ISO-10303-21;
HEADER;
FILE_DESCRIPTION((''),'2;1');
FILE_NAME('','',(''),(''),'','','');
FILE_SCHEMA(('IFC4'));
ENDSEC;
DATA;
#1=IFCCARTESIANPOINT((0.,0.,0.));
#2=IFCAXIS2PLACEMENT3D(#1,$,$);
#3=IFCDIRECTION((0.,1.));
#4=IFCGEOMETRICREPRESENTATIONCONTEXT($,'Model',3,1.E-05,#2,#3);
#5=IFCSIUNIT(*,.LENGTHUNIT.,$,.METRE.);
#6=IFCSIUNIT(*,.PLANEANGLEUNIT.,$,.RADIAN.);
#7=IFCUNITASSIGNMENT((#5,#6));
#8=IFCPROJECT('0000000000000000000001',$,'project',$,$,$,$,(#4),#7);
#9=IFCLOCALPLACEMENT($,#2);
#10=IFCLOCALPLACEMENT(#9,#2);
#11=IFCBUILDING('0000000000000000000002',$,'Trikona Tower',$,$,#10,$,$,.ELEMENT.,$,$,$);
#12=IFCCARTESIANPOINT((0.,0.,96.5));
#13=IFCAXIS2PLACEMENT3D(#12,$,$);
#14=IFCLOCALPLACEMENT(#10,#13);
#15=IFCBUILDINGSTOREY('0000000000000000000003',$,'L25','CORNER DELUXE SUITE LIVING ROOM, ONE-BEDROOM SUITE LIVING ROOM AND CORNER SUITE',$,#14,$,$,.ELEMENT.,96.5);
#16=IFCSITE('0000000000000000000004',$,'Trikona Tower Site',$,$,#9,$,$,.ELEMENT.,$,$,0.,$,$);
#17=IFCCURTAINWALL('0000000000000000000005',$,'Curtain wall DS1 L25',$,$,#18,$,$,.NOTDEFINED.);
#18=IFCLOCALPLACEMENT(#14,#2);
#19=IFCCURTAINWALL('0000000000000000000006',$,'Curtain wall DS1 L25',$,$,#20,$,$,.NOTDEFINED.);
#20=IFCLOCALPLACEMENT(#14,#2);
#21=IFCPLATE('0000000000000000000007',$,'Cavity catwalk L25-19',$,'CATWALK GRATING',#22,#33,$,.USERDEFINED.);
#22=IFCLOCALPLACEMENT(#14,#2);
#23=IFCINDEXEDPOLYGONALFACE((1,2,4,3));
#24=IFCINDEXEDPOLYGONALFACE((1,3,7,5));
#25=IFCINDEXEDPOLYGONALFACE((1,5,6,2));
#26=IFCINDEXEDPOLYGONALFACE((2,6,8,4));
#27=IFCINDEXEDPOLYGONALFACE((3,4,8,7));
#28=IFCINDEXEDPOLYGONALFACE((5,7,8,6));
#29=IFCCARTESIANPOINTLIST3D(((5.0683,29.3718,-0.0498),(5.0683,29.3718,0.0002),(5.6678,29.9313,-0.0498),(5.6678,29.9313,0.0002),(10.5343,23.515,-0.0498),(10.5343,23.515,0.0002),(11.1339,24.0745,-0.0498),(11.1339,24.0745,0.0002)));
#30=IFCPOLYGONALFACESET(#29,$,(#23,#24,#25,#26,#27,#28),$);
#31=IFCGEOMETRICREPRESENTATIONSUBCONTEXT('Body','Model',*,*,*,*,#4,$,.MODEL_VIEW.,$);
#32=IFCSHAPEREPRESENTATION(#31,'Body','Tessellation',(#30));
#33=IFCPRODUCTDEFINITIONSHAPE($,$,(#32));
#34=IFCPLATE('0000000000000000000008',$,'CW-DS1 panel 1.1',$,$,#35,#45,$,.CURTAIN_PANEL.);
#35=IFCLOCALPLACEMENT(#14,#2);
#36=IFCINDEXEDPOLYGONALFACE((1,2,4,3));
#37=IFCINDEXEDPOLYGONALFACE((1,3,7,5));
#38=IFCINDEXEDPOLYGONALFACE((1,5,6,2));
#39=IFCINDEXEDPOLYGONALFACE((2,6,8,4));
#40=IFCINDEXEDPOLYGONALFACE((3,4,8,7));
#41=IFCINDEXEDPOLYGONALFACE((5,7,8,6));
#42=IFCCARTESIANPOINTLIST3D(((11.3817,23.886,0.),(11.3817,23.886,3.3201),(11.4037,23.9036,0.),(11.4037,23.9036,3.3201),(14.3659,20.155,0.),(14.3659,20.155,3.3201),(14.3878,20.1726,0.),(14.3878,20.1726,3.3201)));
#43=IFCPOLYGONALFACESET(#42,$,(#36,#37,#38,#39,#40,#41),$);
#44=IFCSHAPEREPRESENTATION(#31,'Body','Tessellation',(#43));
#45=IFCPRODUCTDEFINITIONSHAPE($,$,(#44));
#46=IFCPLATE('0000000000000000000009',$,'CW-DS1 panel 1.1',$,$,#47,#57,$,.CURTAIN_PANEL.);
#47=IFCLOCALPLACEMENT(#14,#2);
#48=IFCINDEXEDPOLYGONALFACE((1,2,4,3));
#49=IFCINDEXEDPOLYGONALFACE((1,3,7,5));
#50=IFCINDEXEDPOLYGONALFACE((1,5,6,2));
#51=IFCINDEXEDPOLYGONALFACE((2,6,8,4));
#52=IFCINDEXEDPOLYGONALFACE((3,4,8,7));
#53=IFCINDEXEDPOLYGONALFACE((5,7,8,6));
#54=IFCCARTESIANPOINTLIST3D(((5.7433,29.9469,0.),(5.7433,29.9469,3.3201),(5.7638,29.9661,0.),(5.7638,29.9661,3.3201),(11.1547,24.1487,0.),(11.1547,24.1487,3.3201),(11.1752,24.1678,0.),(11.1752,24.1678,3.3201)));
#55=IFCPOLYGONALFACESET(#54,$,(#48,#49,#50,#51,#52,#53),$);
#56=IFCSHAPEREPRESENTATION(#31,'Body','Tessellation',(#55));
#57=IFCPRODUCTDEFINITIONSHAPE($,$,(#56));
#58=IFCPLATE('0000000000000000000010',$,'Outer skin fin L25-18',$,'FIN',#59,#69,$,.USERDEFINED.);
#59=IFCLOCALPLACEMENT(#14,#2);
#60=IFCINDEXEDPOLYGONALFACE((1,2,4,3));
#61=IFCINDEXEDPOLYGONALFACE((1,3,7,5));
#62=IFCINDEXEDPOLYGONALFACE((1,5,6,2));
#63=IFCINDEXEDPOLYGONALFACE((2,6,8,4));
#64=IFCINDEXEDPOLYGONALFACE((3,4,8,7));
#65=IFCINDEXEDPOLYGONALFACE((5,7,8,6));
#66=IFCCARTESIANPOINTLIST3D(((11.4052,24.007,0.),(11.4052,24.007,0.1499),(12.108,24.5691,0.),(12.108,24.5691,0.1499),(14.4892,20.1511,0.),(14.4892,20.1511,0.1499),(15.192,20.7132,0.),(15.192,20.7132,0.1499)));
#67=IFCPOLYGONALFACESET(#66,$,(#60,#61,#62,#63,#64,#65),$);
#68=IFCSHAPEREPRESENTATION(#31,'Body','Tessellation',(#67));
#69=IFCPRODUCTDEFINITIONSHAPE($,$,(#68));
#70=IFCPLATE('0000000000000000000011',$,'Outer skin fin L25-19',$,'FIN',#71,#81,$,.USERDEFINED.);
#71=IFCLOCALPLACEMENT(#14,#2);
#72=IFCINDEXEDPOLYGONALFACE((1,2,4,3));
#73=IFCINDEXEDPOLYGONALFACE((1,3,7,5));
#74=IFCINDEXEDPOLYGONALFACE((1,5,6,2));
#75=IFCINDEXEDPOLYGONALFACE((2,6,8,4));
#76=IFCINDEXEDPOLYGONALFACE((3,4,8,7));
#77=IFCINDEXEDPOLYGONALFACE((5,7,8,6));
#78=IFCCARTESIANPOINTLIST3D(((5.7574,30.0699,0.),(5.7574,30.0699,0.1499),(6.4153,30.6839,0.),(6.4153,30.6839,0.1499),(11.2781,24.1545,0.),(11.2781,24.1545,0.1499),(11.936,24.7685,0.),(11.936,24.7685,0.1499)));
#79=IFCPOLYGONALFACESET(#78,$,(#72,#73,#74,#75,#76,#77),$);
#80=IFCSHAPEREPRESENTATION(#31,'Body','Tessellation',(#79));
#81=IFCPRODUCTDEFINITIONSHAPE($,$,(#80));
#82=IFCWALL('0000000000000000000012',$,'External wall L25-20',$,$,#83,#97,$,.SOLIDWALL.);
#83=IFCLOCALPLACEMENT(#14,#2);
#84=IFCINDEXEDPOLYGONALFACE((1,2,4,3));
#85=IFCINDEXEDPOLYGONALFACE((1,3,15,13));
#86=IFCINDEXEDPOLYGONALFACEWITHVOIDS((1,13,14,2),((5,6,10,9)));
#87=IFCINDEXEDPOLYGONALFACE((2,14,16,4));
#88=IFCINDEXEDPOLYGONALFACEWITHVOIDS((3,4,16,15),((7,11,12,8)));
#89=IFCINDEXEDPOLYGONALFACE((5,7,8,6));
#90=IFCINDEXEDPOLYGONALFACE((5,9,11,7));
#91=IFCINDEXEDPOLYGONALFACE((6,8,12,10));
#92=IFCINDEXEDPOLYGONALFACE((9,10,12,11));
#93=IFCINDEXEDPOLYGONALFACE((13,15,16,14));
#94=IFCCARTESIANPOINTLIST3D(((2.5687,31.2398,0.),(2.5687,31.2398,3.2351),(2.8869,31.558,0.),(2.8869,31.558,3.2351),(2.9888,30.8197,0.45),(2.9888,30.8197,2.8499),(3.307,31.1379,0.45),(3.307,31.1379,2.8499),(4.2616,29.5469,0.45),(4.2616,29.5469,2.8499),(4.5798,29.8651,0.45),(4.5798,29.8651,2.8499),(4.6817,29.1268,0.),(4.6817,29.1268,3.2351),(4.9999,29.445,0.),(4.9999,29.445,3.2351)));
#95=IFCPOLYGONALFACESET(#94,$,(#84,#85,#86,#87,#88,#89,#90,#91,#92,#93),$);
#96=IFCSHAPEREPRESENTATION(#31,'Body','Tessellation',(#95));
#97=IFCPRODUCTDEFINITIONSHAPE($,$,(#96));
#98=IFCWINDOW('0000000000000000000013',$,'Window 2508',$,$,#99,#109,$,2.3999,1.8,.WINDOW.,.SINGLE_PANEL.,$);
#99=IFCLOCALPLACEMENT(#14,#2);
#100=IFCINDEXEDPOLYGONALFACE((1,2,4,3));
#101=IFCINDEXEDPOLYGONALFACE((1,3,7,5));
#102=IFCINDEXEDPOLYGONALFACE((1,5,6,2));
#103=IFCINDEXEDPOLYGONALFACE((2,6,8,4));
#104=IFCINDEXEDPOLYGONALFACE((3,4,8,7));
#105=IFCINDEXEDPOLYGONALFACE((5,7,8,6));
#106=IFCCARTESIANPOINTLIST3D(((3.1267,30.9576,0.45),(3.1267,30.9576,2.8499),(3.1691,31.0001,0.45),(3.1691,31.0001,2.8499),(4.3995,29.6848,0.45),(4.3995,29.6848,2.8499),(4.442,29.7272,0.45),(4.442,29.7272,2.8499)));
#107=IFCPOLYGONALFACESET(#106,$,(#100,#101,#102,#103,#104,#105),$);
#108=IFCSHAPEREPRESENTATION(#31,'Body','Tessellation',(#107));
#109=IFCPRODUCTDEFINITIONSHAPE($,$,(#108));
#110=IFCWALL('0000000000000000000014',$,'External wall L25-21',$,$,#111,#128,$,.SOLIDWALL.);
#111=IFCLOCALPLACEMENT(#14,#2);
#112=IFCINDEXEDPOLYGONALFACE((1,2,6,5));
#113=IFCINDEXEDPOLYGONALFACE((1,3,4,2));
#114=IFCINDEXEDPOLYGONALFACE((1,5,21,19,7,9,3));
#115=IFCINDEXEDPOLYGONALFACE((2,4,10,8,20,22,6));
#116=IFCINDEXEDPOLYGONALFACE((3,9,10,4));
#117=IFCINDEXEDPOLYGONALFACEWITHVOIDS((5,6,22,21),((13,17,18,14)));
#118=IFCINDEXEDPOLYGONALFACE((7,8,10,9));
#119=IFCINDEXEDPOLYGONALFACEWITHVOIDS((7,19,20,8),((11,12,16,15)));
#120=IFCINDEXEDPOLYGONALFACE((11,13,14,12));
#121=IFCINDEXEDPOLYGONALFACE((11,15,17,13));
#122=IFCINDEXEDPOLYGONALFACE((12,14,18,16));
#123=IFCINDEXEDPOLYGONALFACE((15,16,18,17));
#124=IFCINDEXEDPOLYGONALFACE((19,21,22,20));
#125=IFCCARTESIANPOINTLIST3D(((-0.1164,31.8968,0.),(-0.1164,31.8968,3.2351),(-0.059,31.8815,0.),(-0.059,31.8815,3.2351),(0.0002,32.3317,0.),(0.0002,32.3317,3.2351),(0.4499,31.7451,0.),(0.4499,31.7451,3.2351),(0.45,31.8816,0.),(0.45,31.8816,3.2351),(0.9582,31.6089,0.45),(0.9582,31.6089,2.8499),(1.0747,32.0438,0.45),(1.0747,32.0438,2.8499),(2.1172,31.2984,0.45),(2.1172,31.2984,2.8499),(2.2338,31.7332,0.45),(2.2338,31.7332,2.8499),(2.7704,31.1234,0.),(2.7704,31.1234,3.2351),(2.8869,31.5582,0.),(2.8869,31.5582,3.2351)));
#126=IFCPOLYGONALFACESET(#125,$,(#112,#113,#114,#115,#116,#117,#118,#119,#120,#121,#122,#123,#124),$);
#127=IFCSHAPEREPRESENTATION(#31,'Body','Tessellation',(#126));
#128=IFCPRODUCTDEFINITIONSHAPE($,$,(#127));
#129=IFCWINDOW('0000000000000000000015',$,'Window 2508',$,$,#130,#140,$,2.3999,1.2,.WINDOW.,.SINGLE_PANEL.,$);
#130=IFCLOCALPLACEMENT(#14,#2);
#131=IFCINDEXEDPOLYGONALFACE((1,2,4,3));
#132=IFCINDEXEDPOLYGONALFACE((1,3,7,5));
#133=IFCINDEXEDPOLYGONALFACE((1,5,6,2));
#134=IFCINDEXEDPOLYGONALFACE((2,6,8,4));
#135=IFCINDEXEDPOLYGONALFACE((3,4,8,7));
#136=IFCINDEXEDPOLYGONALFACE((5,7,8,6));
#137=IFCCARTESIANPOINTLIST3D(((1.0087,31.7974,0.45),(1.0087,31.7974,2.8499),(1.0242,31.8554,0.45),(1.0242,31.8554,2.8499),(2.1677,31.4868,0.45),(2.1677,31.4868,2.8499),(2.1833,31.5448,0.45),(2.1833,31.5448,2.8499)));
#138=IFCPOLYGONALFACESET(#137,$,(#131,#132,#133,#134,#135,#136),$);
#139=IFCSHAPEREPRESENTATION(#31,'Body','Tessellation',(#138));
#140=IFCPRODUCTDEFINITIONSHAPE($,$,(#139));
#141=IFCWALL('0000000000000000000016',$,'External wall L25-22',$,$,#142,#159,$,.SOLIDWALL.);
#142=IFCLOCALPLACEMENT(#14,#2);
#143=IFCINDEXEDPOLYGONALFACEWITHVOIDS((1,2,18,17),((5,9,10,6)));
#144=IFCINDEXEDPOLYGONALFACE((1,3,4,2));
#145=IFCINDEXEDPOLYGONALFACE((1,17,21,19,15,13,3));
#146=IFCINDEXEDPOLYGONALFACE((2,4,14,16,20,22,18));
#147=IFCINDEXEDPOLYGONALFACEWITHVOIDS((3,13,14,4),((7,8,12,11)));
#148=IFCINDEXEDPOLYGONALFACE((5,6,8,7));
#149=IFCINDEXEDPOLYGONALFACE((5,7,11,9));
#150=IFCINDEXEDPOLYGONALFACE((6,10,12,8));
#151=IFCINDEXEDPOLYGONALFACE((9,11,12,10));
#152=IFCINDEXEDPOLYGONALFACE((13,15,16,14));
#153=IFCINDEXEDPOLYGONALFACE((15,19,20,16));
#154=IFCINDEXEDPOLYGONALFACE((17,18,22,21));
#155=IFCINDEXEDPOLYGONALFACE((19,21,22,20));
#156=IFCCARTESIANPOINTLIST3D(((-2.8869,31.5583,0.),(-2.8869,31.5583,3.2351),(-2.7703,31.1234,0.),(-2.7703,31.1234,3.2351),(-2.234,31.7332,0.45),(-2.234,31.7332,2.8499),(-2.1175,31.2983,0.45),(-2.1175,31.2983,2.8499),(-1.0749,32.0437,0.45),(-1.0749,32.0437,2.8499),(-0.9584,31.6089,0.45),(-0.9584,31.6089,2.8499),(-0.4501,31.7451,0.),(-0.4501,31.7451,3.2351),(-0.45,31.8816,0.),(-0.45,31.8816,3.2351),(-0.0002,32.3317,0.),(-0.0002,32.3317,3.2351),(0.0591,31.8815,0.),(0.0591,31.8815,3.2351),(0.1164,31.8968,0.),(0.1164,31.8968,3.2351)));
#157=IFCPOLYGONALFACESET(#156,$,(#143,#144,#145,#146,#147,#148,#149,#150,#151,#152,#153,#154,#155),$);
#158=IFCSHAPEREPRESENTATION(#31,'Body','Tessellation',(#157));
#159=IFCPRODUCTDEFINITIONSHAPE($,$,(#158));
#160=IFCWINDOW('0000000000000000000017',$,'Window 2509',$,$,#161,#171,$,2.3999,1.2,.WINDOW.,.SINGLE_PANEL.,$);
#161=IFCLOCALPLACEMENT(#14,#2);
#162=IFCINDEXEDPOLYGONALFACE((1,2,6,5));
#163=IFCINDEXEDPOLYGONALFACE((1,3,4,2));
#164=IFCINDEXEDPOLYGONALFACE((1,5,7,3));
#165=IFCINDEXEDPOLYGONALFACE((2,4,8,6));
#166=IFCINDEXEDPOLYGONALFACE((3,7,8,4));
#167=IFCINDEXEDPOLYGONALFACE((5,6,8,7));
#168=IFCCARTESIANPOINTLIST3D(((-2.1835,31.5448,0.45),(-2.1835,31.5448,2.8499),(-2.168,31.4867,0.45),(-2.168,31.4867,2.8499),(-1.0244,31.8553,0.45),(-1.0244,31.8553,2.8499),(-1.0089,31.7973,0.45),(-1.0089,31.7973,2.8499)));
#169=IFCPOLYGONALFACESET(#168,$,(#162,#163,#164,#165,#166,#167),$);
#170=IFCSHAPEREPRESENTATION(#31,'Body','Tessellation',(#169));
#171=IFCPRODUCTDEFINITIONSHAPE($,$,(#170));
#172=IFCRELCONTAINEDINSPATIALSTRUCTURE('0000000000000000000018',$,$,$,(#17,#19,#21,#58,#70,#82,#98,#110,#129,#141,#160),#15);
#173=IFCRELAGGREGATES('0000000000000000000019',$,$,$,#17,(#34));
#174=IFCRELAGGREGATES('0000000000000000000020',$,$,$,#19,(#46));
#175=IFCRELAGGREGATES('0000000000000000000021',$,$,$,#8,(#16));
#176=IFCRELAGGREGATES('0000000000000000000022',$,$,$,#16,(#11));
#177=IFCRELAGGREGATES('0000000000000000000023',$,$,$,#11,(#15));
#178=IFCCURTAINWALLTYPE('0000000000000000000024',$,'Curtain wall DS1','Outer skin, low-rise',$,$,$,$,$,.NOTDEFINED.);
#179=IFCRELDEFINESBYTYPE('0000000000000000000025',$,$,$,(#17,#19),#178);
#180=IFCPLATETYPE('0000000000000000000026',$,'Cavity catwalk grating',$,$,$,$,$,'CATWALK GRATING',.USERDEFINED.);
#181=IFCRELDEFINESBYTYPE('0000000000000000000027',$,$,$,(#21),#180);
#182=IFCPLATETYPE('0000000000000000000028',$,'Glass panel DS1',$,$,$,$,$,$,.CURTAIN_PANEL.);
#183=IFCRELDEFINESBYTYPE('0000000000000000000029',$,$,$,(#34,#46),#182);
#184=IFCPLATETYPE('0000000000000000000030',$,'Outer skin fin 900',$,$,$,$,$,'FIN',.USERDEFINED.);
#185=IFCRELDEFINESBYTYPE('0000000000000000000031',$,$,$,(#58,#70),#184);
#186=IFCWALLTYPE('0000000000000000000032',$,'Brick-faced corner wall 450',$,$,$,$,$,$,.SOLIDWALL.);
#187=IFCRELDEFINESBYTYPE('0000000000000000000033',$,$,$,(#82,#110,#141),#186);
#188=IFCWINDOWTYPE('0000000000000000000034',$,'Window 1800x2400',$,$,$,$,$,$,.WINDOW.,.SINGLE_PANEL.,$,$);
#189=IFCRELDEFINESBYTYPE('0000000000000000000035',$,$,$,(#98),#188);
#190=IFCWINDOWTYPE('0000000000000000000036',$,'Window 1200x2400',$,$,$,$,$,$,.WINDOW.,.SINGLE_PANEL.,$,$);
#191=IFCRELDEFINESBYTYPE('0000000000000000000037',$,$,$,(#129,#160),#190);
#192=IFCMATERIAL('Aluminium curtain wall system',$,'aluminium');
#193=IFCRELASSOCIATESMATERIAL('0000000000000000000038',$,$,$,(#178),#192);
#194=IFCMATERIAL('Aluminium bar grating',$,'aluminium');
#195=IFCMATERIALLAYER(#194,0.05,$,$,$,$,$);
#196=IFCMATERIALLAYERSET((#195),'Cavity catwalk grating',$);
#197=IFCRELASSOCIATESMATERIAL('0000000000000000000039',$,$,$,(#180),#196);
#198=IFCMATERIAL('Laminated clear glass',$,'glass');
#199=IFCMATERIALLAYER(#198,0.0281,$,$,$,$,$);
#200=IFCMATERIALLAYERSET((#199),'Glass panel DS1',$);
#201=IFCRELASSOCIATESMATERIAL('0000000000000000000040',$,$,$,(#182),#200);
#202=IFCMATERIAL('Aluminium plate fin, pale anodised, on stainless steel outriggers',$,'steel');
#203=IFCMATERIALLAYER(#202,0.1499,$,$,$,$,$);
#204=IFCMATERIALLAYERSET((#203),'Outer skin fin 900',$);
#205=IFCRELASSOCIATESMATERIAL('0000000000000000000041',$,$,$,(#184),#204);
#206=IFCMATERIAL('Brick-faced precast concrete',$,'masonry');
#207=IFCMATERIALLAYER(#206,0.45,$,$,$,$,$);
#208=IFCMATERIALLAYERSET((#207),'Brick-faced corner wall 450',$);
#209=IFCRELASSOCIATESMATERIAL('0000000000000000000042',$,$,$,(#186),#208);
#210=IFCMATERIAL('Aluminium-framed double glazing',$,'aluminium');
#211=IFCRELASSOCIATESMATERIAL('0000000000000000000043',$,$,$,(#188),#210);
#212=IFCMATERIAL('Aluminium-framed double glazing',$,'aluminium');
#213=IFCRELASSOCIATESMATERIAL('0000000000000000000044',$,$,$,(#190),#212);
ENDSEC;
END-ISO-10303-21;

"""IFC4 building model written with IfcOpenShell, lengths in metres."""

from ifc_helpers import new_model, si_unit, direction, frame, frame_2d, origin, origin_2d, place, context, subcontext, project, spatial, polyline, rectangle, outline, extrude, material, layer, layer_set, type_object, element, fill, aggregate, save


model = new_model("IFC4")

# Units and contexts
model_context = context("Model", 3, precision=1e-05, world=origin(), true_north=direction((0.0, 1.0)))
body_context = subcontext(model_context, "Body", "Model", "MODEL_VIEW")
ifc_project = project(units=[si_unit("LENGTHUNIT", "METRE"), si_unit("PLANEANGLEUNIT", "RADIAN")], contexts=[model_context])

# Site, building, storey
site_placement = place(None, origin())
site = spatial("IfcSite", under=ifc_project, at=site_placement, Name="Trikona Tower Site", CompositionType="ELEMENT", RefElevation=0.0)
building_placement = place(site_placement, origin())
building = spatial("IfcBuilding", under=site, at=building_placement, Name="Trikona Tower", CompositionType="ELEMENT")
storey_placement = place(building_placement, frame((0.0, 0.0, 96.5)))
storey = spatial("IfcBuildingStorey", under=building, at=storey_placement, Name="L25", Description="CORNER DELUXE SUITE LIVING ROOM, ONE-BEDROOM SUITE LIVING ROOM AND CORNER SUITE", CompositionType="ELEMENT", Elevation=96.5)

# Curtain wall
ifc_material_1 = material(Name="Aluminium curtain wall system", Category="aluminium")
curtain_wall_type = type_object("IfcCurtainWallType", Name="Curtain wall DS1", Description="Outer skin, low-rise", PredefinedType="NOTDEFINED", material=ifc_material_1)
curtain_wall_1_placement = place(storey_placement, origin())
curtain_wall_1 = element("IfcCurtainWall", 1, at=curtain_wall_1_placement, inside=storey, type_object=curtain_wall_type, Name="Curtain wall DS1 L25", PredefinedType="NOTDEFINED")

# Curtain wall
curtain_wall_2_placement = place(storey_placement, origin())
curtain_wall_2 = element("IfcCurtainWall", 2, at=curtain_wall_2_placement, inside=storey, type_object=curtain_wall_type, Name="Curtain wall DS1 L25", PredefinedType="NOTDEFINED")

# Plate
ifc_material_2 = material(Name="Aluminium bar grating", Category="aluminium")
ifc_layer_1 = layer(ifc_material_2, 0.05)
ifc_layer_set_1 = layer_set([ifc_layer_1], Name="Cavity catwalk grating")
plate_type_1 = type_object("IfcPlateType", Name="Cavity catwalk grating", ElementType="CATWALK GRATING", PredefinedType="USERDEFINED", material=ifc_layer_set_1)
plate_1_placement = place(storey_placement, frame((8.1011, 26.7231, -0.0498), z_axis=(0.0, 0.0, 1.0), x_axis=(-0.682298, 0.731074, 0.0)))
element("IfcPlate", 3, at=plate_1_placement, inside=storey, type_object=plate_type_1, Name="Cavity catwalk L25-19", ObjectType="CATWALK GRATING", PredefinedType="USERDEFINED", context=body_context, shape_type="SweptSolid", body=[
    extrude(rectangle(XDim=8.0112, YDim=0.8201, at=origin_2d()), origin(), (0.0, 0.0, 1.0), 0.05),
])

# Plates
ifc_material_3 = material(Name="Laminated clear glass", Category="glass")
ifc_layer_2 = layer(ifc_material_3, 0.0281)
ifc_layer_set_2 = layer_set([ifc_layer_2], Name="Glass panel DS1")
plate_type_2 = type_object("IfcPlateType", Name="Glass panel DS1", PredefinedType="CURTAIN_PANEL", material=ifc_layer_set_2)
plate_2_placement = place(storey_placement, frame((12.8848, 22.0293, 0.0), z_axis=(0.0, 0.0, 1.0), x_axis=(-0.624609, 0.780938, 0.0)))
plate_2 = element("IfcPlate", 4, at=plate_2_placement, type_object=plate_type_2, Name="CW-DS1 panel 1.1", PredefinedType="CURTAIN_PANEL", context=body_context, shape_type="SweptSolid", body=[
    extrude(rectangle(XDim=4.7776, YDim=0.0281, at=origin_2d()), origin(), (0.0, 0.0, 1.0), 3.3201),
])
aggregate(curtain_wall_1, [plate_2])
plate_3_placement = place(storey_placement, frame((8.4592, 27.0574, 0.0), z_axis=(0.0, 0.0, 1.0), x_axis=(-0.682295, 0.731077, 0.0)))
plate_3 = element("IfcPlate", 5, at=plate_3_placement, type_object=plate_type_2, Name="CW-DS1 panel 1.1", PredefinedType="CURTAIN_PANEL", context=body_context, shape_type="SweptSolid", body=[
    extrude(rectangle(XDim=7.9312, YDim=0.0281, at=origin_2d()), origin(), (0.0, 0.0, 1.0), 3.3201),
])
aggregate(curtain_wall_2, [plate_3])

# Plates
ifc_material_4 = material(Name="Aluminium plate fin, pale anodised, on stainless steel outriggers", Category="steel")
ifc_layer_3 = layer(ifc_material_4, 0.1499)
ifc_layer_set_3 = layer_set([ifc_layer_3], Name="Outer skin fin 900")
plate_type_3 = type_object("IfcPlateType", Name="Outer skin fin 900", ElementType="FIN", PredefinedType="USERDEFINED", material=ifc_layer_set_3)
plate_4_placement = place(storey_placement, frame((13.2986, 22.3601, 0.0), z_axis=(0.0, 0.0, 1.0), x_axis=(-0.624604, 0.780942, 0.0)))
element("IfcPlate", 6, at=plate_4_placement, inside=storey, type_object=plate_type_3, Name="Outer skin fin L25-18", ObjectType="FIN", PredefinedType="USERDEFINED", context=body_context, shape_type="SweptSolid", body=[
    extrude(rectangle(XDim=4.9375, YDim=0.8999, at=origin_2d()), origin(), (0.0, 0.0, 1.0), 0.1499),
])
plate_5_placement = place(storey_placement, frame((8.8467, 27.4192, 0.0), z_axis=(0.0, 0.0, 1.0), x_axis=(-0.682298, 0.731074, 0.0)))
element("IfcPlate", 7, at=plate_5_placement, inside=storey, type_object=plate_type_3, Name="Outer skin fin L25-19", ObjectType="FIN", PredefinedType="USERDEFINED", context=body_context, shape_type="SweptSolid", body=[
    extrude(rectangle(XDim=8.0913, YDim=0.8999, at=origin_2d()), origin(), (0.0, 0.0, 1.0), 0.1499),
])

# Walls, openings, windows
ifc_material_5 = material(Name="Brick-faced precast concrete", Category="masonry")
ifc_layer_4 = layer(ifc_material_5, 0.45)
ifc_layer_set_4 = layer_set([ifc_layer_4], Name="Brick-faced corner wall 450")
wall_type_1 = type_object("IfcWallType", Name="Brick-faced corner wall 450", PredefinedType="SOLIDWALL", material=ifc_layer_set_4)
wall_1_placement = place(storey_placement, frame((4.8408, 29.2859, 0.0), z_axis=(0.0, 0.0, 1.0), x_axis=(-0.707107, 0.707107, 0.0)))
wall_1 = element("IfcWall", 8, at=wall_1_placement, inside=storey, type_object=wall_type_1, Name="External wall L25-20", PredefinedType="SOLIDWALL", context=body_context, shape_type="SweptSolid", body=[
    extrude(rectangle(XDim=2.9883, YDim=0.45, at=frame_2d((1.4941, 0.0))), origin(), (0.0, 0.0, 1.0), 3.2351),
])
opening_1_placement = place(wall_1_placement, frame((0.5942, 0.0, 0.45)))
opening_1 = element("IfcOpeningElement", 9, at=opening_1_placement, cuts=wall_1, PredefinedType="OPENING", context=body_context, shape_type="SweptSolid", body=[
    extrude(rectangle(XDim=1.8, YDim=2.3999, at=frame_2d((0.8999, 1.2))), frame((0.0, 0.2349, 0.0), z_axis=(0.0, -1.0, 0.0), x_axis=(1.0, 0.0, 0.0)), (0.0, 0.0, 1.0), 0.47),
])
ifc_material_6 = material(Name="Aluminium-framed double glazing", Category="aluminium")
window_type_1 = type_object("IfcWindowType", Name="Window 1800x2400", PartitioningType="SINGLE_PANEL", PredefinedType="WINDOW", material=ifc_material_6)
window_1_placement = place(opening_1_placement, origin())
window_1 = element("IfcWindow", 10, at=window_1_placement, inside=storey, type_object=window_type_1, Name="Window 2508", OverallHeight=2.3999, OverallWidth=1.8, PartitioningType="SINGLE_PANEL", PredefinedType="WINDOW", context=body_context, shape_type="SweptSolid", body=[
    extrude(rectangle(XDim=1.8, YDim=2.3999, at=frame_2d((0.8999, 1.2))), frame((0.0, 0.03, 0.0), z_axis=(0.0, -1.0, 0.0), x_axis=(1.0, 0.0, 0.0)), (0.0, 0.0, 1.0), 0.0601),
])
fill(opening_1, window_1)
wall_2_placement = place(storey_placement, frame((2.8286, 31.3408, 0.0), z_axis=(0.0, 0.0, 1.0), x_axis=(-0.965931, 0.258801, 0.0)))
wall_2 = element("IfcWall", 11, at=wall_2_placement, inside=storey, type_object=wall_type_1, Name="External wall L25-21", PredefinedType="SOLIDWALL", context=body_context, shape_type="SweptSolid", body=[
    extrude(outline(polyline([(2.9885, 0.2251), (2.9292, 0.2251), (2.4375, 0.0933), (2.4023, 0.2251), (0.0, 0.2251), (0.0, -0.2251), (2.9885, -0.2251), (2.9885, 0.2251)])), origin(), (0.0, 0.0, 1.0), 3.2351),
])
opening_2_placement = place(wall_2_placement, frame((0.676, 0.0, 0.45)))
opening_2 = element("IfcOpeningElement", 12, at=opening_2_placement, cuts=wall_2, PredefinedType="OPENING", context=body_context, shape_type="SweptSolid", body=[
    extrude(rectangle(XDim=1.2, YDim=2.3999, at=frame_2d((0.6001, 1.2))), frame((0.0, 0.2349, 0.0), z_axis=(0.0, -1.0, 0.0), x_axis=(1.0, 0.0, 0.0)), (0.0, 0.0, 1.0), 0.47),
])
ifc_material_7 = material(Name="Aluminium-framed double glazing", Category="aluminium")
window_type_2 = type_object("IfcWindowType", Name="Window 1200x2400", PartitioningType="SINGLE_PANEL", PredefinedType="WINDOW", material=ifc_material_7)
window_2_placement = place(opening_2_placement, origin())
window_2 = element("IfcWindow", 13, at=window_2_placement, inside=storey, type_object=window_type_2, Name="Window 2508", OverallHeight=2.3999, OverallWidth=1.2, PartitioningType="SINGLE_PANEL", PredefinedType="WINDOW", context=body_context, shape_type="SweptSolid", body=[
    extrude(rectangle(XDim=1.2, YDim=2.3999, at=frame_2d((0.6001, 1.2))), frame((0.0, 0.03, 0.0), z_axis=(0.0, -1.0, 0.0), x_axis=(1.0, 0.0, 0.0)), (0.0, 0.0, 1.0), 0.0601),
])
fill(opening_2, window_2)
wall_3_placement = place(storey_placement, frame((0.0581, 32.1143, 0.0), z_axis=(0.0, 0.0, 1.0), x_axis=(-0.965931, -0.258801, 0.0)))
wall_3 = element("IfcWall", 14, at=wall_3_placement, inside=storey, type_object=wall_type_1, Name="External wall L25-22", PredefinedType="SOLIDWALL", context=body_context, shape_type="SweptSolid", body=[
    extrude(outline(polyline([(2.9885, 0.2251), (0.5864, 0.2251), (0.551, 0.0933), (0.0593, 0.2251), (0.0, 0.2251), (0.0, -0.2251), (2.9885, -0.2251), (2.9885, 0.2251)])), origin(), (0.0, 0.0, 1.0), 3.2351),
])
opening_3_placement = place(wall_3_placement, frame((1.1125, 0.0, 0.45)))
opening_3 = element("IfcOpeningElement", 15, at=opening_3_placement, cuts=wall_3, PredefinedType="OPENING", context=body_context, shape_type="SweptSolid", body=[
    extrude(rectangle(XDim=1.2, YDim=2.3999, at=frame_2d((0.6001, 1.2))), frame((0.0, 0.2349, 0.0), z_axis=(0.0, -1.0, 0.0), x_axis=(1.0, 0.0, 0.0)), (0.0, 0.0, 1.0), 0.47),
])
window_3_placement = place(opening_3_placement, origin())
window_3 = element("IfcWindow", 16, at=window_3_placement, inside=storey, type_object=window_type_2, Name="Window 2509", OverallHeight=2.3999, OverallWidth=1.2, PartitioningType="SINGLE_PANEL", PredefinedType="WINDOW", context=body_context, shape_type="SweptSolid", body=[
    extrude(rectangle(XDim=1.2, YDim=2.3999, at=frame_2d((0.6001, 1.2))), frame((0.0, 0.03, 0.0), z_axis=(0.0, -1.0, 0.0), x_axis=(1.0, 0.0, 0.0)), (0.0, 0.0, 1.0), 0.0601),
])
fill(opening_3, window_3)

save(model, "model.ifc")
